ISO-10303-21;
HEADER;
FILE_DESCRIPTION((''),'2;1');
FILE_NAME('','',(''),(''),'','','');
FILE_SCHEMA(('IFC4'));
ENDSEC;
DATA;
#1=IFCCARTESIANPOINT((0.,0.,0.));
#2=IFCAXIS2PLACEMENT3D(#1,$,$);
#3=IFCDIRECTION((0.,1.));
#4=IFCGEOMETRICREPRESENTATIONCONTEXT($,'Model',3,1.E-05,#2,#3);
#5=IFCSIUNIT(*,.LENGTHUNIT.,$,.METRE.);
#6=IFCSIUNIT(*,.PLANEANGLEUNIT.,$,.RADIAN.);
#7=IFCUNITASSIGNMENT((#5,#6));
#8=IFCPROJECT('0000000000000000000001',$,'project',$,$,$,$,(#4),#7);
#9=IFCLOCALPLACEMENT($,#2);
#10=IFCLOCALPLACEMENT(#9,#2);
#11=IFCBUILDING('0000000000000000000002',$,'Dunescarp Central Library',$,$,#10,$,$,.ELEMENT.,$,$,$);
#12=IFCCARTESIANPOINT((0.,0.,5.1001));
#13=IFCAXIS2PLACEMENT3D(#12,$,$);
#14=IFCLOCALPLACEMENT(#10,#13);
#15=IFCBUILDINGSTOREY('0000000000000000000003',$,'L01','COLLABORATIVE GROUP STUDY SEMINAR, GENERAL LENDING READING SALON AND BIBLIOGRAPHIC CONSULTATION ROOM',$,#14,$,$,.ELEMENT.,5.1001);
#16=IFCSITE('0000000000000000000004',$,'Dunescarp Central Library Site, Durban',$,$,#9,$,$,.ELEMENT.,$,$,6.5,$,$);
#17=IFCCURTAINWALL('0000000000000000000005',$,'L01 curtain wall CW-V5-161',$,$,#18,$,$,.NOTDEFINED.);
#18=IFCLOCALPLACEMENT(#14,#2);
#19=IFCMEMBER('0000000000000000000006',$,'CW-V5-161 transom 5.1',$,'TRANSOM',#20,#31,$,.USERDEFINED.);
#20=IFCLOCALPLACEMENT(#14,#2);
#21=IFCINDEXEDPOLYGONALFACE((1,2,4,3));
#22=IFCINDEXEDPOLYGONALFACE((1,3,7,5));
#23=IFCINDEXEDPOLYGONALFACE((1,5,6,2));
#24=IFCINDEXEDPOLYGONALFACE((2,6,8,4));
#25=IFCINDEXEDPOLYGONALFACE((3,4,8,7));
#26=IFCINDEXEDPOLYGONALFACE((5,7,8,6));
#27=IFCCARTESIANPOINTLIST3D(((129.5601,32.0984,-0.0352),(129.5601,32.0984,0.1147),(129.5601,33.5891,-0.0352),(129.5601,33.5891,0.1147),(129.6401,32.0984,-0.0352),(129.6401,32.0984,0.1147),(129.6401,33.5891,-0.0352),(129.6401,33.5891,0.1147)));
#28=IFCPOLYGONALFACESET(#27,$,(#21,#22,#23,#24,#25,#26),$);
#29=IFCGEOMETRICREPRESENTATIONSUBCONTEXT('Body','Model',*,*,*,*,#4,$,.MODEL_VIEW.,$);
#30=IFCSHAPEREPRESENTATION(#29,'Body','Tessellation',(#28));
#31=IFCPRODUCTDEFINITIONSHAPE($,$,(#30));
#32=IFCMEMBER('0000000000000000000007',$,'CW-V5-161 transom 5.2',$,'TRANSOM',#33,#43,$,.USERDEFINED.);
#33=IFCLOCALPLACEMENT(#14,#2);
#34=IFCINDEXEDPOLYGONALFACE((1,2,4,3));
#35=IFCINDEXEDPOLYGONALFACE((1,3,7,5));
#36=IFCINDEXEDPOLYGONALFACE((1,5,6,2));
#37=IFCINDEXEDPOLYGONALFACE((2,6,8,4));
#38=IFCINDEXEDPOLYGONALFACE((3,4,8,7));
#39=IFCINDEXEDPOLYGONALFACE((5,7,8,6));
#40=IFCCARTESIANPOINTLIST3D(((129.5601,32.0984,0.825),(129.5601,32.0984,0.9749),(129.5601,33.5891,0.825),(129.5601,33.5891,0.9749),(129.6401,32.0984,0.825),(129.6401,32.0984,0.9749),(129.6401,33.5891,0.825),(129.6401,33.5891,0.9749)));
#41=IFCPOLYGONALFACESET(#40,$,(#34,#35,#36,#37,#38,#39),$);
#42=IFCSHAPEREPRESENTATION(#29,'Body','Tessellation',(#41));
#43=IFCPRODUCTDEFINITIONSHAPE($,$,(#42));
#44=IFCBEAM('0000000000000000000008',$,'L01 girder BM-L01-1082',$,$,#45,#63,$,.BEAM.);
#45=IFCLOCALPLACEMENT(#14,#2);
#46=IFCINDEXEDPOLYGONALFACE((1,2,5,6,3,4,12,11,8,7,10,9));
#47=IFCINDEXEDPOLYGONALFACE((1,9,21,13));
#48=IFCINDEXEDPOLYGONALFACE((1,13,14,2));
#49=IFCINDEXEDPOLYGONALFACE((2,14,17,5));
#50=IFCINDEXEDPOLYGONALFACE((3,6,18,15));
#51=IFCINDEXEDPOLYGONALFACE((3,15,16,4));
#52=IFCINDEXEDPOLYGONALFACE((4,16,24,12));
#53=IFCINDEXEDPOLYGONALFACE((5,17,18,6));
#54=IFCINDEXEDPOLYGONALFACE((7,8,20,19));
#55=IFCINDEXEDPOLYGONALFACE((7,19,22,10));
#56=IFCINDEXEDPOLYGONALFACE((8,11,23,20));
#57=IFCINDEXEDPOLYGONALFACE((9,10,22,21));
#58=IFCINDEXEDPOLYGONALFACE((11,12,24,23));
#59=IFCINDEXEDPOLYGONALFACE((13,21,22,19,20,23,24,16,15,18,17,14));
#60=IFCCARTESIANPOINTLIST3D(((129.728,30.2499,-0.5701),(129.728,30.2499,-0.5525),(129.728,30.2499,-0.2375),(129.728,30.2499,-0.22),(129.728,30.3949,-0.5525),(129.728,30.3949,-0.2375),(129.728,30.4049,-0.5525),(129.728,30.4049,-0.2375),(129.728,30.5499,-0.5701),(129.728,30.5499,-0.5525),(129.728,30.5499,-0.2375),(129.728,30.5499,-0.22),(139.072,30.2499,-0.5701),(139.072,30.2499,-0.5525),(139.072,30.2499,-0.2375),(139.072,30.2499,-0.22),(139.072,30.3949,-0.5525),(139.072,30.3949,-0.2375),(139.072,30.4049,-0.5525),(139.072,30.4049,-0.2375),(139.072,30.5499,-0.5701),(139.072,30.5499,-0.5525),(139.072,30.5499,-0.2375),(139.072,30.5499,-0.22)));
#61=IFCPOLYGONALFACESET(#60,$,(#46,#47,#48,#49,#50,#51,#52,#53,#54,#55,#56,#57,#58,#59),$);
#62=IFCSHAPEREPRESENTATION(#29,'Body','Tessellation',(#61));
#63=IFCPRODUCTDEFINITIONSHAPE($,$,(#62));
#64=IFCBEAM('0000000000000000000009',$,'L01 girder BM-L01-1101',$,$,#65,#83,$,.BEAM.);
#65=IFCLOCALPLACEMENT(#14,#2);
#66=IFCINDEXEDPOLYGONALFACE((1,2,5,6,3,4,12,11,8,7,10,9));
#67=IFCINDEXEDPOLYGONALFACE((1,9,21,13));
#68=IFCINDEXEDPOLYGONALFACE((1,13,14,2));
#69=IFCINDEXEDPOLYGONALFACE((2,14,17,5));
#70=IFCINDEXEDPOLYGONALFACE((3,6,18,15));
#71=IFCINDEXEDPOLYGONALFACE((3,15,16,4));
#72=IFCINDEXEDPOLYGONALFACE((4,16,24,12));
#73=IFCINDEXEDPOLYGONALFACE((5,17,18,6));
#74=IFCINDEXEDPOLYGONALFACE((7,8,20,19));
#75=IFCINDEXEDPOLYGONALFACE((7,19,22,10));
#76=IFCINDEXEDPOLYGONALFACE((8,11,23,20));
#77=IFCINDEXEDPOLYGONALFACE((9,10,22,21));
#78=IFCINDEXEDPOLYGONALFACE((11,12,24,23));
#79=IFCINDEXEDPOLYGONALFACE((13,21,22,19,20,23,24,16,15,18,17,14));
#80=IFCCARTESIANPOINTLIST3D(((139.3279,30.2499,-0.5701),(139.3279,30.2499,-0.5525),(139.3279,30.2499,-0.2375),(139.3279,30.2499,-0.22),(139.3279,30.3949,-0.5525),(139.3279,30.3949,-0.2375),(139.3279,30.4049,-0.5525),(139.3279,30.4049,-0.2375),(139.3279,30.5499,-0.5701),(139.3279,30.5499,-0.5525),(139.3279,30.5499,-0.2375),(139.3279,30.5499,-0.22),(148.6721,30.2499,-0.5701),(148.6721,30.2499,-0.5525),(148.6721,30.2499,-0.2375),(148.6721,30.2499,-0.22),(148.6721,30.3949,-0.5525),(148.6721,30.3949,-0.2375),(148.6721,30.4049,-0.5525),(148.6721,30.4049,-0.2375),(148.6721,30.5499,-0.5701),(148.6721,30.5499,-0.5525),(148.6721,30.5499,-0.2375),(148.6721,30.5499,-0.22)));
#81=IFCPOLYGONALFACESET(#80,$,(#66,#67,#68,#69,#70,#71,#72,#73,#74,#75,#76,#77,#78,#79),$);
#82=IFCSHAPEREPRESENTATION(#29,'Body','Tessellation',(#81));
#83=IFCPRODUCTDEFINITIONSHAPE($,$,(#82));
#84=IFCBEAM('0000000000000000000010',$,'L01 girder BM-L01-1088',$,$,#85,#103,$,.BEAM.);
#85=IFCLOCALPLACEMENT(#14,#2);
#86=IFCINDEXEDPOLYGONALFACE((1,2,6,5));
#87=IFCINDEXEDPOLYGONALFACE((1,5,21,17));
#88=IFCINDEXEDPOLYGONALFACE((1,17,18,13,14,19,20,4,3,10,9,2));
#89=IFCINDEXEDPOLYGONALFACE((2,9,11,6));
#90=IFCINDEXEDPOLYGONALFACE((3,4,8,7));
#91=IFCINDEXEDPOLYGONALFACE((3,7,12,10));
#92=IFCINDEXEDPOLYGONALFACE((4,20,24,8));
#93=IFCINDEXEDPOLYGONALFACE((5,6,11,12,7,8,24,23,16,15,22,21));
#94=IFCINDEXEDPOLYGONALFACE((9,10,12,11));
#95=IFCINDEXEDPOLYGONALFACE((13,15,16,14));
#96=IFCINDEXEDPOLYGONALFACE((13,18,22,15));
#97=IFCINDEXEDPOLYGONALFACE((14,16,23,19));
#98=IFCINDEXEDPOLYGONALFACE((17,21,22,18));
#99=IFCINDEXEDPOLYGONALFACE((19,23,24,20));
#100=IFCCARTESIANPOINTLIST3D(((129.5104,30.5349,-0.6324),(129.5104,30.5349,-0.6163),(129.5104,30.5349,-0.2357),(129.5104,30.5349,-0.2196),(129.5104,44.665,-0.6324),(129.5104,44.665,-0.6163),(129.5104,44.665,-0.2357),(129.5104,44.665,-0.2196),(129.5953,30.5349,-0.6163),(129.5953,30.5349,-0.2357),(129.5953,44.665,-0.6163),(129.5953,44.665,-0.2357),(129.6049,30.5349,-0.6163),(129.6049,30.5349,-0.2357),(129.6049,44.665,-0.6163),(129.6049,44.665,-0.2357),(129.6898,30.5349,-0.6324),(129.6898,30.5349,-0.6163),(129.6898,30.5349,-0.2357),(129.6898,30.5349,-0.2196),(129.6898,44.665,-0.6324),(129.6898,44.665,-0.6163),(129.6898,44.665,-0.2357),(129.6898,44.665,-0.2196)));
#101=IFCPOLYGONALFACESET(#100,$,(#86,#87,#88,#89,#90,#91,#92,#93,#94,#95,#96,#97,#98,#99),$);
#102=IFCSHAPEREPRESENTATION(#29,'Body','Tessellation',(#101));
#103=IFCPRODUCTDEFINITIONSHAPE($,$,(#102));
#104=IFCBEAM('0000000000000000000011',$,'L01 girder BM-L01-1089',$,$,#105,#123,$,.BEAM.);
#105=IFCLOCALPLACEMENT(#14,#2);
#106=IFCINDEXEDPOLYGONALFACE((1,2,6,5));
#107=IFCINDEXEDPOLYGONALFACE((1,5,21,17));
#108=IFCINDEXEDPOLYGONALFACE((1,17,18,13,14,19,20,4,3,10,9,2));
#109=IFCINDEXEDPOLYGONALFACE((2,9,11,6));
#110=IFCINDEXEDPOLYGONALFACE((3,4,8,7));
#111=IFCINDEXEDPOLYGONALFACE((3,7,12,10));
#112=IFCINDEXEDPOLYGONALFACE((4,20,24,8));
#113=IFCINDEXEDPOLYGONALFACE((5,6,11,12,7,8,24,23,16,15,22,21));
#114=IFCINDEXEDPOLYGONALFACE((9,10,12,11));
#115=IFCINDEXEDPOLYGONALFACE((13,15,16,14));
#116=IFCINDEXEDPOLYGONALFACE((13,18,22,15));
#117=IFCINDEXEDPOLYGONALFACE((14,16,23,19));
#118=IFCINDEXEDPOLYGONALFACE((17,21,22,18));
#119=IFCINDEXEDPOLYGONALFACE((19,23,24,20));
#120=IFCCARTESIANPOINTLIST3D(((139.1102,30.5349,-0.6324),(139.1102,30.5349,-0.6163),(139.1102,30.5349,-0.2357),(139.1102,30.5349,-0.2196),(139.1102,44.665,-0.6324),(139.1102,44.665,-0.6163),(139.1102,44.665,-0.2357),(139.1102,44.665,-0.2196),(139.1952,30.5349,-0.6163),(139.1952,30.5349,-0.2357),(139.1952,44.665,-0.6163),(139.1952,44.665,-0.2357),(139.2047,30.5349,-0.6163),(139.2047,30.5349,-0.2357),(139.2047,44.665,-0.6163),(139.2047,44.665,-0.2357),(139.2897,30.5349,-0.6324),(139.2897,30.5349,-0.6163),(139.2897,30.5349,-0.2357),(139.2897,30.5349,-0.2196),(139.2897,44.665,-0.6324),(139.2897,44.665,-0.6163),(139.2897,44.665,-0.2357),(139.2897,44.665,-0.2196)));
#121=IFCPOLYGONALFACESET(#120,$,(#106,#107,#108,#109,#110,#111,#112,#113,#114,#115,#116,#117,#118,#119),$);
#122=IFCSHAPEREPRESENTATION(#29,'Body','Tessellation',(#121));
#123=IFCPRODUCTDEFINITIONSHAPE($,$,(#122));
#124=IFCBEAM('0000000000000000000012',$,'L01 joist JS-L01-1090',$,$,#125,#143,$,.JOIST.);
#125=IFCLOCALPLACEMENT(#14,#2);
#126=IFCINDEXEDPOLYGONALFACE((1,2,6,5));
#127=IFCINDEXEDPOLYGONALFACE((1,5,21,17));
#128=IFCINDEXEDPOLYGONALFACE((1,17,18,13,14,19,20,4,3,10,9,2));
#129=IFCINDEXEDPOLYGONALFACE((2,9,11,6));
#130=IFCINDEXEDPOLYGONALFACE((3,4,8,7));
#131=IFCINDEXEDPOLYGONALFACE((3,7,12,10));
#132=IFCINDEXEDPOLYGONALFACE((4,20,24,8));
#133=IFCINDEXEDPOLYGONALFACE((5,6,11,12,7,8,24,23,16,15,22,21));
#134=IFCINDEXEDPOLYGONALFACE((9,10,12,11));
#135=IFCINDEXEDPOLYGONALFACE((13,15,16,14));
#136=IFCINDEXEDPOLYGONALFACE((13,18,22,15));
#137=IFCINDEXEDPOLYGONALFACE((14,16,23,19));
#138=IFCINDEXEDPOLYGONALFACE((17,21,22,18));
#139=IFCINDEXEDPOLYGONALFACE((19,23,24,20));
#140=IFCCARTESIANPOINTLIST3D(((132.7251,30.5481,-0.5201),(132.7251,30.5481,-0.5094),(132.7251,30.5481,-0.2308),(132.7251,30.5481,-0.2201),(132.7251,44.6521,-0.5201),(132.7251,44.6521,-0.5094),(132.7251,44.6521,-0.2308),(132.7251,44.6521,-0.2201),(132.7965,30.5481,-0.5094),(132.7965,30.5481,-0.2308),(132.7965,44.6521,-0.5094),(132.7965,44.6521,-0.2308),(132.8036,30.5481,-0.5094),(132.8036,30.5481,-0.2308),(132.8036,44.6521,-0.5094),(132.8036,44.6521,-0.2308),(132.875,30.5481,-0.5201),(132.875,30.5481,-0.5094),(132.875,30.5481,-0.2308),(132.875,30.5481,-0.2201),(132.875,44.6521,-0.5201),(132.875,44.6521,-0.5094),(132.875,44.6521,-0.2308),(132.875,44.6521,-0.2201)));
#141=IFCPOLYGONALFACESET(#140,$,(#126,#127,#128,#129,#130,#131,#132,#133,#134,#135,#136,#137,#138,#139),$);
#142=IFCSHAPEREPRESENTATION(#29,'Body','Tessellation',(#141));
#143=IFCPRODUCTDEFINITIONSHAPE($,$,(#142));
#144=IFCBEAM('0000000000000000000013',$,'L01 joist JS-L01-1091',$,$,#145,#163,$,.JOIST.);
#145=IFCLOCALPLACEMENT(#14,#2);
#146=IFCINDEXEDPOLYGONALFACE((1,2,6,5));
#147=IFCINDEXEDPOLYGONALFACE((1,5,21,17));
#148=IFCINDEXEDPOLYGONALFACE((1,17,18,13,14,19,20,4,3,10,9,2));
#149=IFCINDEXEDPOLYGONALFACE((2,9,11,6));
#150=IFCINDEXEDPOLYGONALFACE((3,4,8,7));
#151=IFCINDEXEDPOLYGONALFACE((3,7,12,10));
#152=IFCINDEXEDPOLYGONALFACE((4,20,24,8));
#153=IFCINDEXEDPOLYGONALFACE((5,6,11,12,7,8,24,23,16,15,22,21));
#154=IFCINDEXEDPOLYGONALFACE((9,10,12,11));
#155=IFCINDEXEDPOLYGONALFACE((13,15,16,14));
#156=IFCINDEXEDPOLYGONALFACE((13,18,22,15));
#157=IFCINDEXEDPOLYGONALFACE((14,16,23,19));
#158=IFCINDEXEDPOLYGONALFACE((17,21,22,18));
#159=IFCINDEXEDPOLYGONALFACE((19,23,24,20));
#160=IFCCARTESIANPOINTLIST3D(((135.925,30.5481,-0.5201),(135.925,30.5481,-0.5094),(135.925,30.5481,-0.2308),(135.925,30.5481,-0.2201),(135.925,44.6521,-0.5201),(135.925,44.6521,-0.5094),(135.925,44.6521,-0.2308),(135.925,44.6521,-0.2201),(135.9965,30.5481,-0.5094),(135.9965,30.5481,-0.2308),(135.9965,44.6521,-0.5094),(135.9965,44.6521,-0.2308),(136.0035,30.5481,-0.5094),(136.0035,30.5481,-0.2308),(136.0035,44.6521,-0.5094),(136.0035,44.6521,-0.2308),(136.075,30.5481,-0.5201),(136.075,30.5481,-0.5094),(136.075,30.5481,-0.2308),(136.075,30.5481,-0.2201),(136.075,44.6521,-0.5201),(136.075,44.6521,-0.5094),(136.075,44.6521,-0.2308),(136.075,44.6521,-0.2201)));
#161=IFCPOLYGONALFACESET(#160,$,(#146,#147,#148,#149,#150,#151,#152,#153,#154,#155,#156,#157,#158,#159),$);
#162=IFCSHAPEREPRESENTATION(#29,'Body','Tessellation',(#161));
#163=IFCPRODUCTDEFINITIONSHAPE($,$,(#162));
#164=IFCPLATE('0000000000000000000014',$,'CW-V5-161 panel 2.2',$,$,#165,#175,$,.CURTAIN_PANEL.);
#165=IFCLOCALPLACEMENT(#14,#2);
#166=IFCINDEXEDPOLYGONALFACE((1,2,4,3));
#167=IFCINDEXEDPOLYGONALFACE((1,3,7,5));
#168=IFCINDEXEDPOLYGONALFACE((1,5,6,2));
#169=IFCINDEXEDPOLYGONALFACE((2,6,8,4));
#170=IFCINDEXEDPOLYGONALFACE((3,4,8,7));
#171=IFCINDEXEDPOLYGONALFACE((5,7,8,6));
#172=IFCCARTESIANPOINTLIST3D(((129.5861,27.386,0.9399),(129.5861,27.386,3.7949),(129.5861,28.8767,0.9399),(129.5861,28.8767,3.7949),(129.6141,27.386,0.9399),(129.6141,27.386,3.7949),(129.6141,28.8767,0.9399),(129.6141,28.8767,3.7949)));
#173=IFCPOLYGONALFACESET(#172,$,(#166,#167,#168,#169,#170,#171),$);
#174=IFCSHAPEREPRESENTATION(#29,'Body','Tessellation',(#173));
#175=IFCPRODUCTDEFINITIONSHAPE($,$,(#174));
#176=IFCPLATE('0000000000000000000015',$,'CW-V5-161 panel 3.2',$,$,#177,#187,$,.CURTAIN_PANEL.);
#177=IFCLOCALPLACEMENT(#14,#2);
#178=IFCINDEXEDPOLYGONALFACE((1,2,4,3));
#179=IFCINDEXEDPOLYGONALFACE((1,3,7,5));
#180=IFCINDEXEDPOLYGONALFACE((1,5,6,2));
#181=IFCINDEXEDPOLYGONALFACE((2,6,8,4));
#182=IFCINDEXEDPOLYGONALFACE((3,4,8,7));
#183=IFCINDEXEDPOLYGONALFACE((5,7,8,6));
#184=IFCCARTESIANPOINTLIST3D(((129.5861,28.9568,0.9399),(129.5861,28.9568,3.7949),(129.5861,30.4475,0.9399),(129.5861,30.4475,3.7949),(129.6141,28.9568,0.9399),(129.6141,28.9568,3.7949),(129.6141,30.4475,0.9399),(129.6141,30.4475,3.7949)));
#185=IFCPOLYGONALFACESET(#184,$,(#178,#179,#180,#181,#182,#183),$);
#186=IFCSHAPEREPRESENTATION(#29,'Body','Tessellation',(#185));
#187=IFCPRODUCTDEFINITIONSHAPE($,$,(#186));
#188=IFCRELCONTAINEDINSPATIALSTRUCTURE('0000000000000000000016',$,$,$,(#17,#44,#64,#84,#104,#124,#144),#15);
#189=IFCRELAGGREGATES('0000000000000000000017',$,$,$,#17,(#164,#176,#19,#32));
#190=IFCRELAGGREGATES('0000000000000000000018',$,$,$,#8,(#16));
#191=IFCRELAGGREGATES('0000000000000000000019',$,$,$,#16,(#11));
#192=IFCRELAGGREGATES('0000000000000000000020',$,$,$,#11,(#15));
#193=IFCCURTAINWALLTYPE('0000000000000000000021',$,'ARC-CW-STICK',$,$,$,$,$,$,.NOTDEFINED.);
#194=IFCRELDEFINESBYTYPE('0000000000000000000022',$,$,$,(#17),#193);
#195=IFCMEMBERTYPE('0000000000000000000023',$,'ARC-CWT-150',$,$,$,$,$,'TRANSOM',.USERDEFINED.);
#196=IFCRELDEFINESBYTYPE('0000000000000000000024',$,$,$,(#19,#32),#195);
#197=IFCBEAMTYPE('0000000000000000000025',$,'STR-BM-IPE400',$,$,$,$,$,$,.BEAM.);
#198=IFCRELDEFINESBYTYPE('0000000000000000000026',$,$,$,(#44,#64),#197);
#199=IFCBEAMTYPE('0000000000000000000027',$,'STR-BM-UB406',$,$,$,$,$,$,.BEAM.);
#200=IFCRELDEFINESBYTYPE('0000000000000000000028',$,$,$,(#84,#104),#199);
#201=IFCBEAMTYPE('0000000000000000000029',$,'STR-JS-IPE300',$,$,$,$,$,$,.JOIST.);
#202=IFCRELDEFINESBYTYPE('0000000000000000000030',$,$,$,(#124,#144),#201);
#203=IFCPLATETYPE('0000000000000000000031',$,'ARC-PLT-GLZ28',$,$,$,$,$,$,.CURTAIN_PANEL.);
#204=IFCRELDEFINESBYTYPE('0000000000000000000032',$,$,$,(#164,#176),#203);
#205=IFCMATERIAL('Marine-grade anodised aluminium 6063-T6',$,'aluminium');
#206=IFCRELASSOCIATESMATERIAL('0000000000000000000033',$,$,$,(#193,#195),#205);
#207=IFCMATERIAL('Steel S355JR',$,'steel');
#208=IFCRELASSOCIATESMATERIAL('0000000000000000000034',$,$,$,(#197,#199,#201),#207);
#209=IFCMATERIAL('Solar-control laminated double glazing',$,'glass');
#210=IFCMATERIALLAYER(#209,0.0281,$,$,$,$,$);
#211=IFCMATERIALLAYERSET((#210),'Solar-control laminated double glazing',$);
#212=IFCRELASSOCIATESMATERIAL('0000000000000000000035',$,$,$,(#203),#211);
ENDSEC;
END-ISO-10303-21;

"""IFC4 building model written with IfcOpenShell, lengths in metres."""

from ifc_helpers import new_model, si_unit, direction, frame, origin, origin_2d, place, context, subcontext, project, spatial, rectangle, i_section, extrude, material, layer, layer_set, material_profile, profile_set, type_object, element, aggregate, save


model = new_model("IFC4")

# Units and contexts
model_context = context("Model", 3, precision=1e-05, world=origin(), true_north=direction((0.0, 1.0)))
body_context = subcontext(model_context, "Body", "Model", "MODEL_VIEW")
ifc_project = project(units=[si_unit("LENGTHUNIT", "METRE"), si_unit("PLANEANGLEUNIT", "RADIAN")], contexts=[model_context])

# Site, building, storey
site_placement = place(None, origin())
site = spatial("IfcSite", under=ifc_project, at=site_placement, Name="Dunescarp Central Library Site, Durban", CompositionType="ELEMENT", RefElevation=6.5)
building_placement = place(site_placement, origin())
building = spatial("IfcBuilding", under=site, at=building_placement, Name="Dunescarp Central Library", CompositionType="ELEMENT")
storey_placement = place(building_placement, frame((0.0, 0.0, 5.1001)))
storey = spatial("IfcBuildingStorey", under=building, at=storey_placement, Name="L01", Description="COLLABORATIVE GROUP STUDY SEMINAR, GENERAL LENDING READING SALON AND BIBLIOGRAPHIC CONSULTATION ROOM", CompositionType="ELEMENT", Elevation=5.1001)

# Shared definitions
ifc_material_1 = material(Name="Steel S355JR", Category="steel")

# Curtain wall, members
ifc_material_2 = material(Name="Marine-grade anodised aluminium 6063-T6", Category="aluminium")
curtain_wall_type = type_object("IfcCurtainWallType", Name="ARC-CW-STICK", PredefinedType="NOTDEFINED", material=ifc_material_2)
curtain_wall_placement = place(storey_placement, origin())
curtain_wall = element("IfcCurtainWall", 1, at=curtain_wall_placement, inside=storey, type_object=curtain_wall_type, Name="L01 curtain wall CW-V5-161", PredefinedType="NOTDEFINED")
ifc_material_profile_1 = material_profile(ifc_material_2, rectangle(XDim=0.0801, YDim=0.1499, at=origin_2d()), Name="AL 80x150")
ifc_profile_set_1 = profile_set([ifc_material_profile_1], Name="Marine-grade anodised aluminium 6063-T6")
member_type_1 = type_object("IfcMemberType", Name="ARC-CWT-150", ElementType="TRANSOM", PredefinedType="USERDEFINED", material=ifc_profile_set_1)
member_1_placement = place(storey_placement, frame((129.6001, 32.0984, 0.0398), z_axis=(0.0, 1.0, 0.0), x_axis=(-1.0, 0.0, 0.0)))
member_1 = element("IfcMember", 2, at=member_1_placement, type_object=member_type_1, Name="CW-V5-161 transom 5.1", ObjectType="TRANSOM", PredefinedType="USERDEFINED", context=body_context, shape_type="SweptSolid", body=[
    extrude(rectangle(XDim=0.0801, YDim=0.1499, at=origin_2d()), origin(), (0.0, 0.0, 1.0), 1.4907),
])
member_2_placement = place(storey_placement, frame((129.6001, 32.0984, 0.8999), z_axis=(0.0, 1.0, 0.0), x_axis=(-1.0, 0.0, 0.0)))
member_2 = element("IfcMember", 3, at=member_2_placement, type_object=member_type_1, Name="CW-V5-161 transom 5.2", ObjectType="TRANSOM", PredefinedType="USERDEFINED", context=body_context, shape_type="SweptSolid", body=[
    extrude(rectangle(XDim=0.0801, YDim=0.1499, at=origin_2d()), origin(), (0.0, 0.0, 1.0), 1.4907),
])

# Beams
ifc_material_profile_2 = material_profile(ifc_material_1, i_section(OverallWidth=0.3, OverallDepth=0.3501, WebThickness=0.01, FlangeThickness=0.0176, at=origin_2d()), Name="HEA 360")
ifc_profile_set_2 = profile_set([ifc_material_profile_2], Name="Steel S355JR")
beam_type_1 = type_object("IfcBeamType", Name="STR-BM-IPE400", PredefinedType="BEAM", material=ifc_profile_set_2)
beam_1_placement = place(storey_placement, frame((129.728, 30.3999, -0.395), z_axis=(1.0, 0.0, 0.0), x_axis=(0.0, 1.0, 0.0)))
element("IfcBeam", 4, at=beam_1_placement, inside=storey, type_object=beam_type_1, Name="L01 girder BM-L01-1082", PredefinedType="BEAM", context=body_context, shape_type="SweptSolid", body=[
    extrude(i_section(OverallWidth=0.3, OverallDepth=0.3501, WebThickness=0.01, FlangeThickness=0.0176, at=origin_2d()), origin(), (0.0, 0.0, 1.0), 9.344),
])
beam_2_placement = place(storey_placement, frame((139.3279, 30.3999, -0.395), z_axis=(1.0, 0.0, 0.0), x_axis=(0.0, 1.0, 0.0)))
element("IfcBeam", 5, at=beam_2_placement, inside=storey, type_object=beam_type_1, Name="L01 girder BM-L01-1101", PredefinedType="BEAM", context=body_context, shape_type="SweptSolid", body=[
    extrude(i_section(OverallWidth=0.3, OverallDepth=0.3501, WebThickness=0.01, FlangeThickness=0.0176, at=origin_2d()), origin(), (0.0, 0.0, 1.0), 9.3442),
])
ifc_material_profile_3 = material_profile(ifc_material_1, i_section(OverallWidth=0.1794, OverallDepth=0.4128, WebThickness=0.0095, FlangeThickness=0.0161, at=origin_2d()), Name="UB 406x178x74")
ifc_profile_set_3 = profile_set([ifc_material_profile_3], Name="Steel S355JR")
beam_type_2 = type_object("IfcBeamType", Name="STR-BM-UB406", PredefinedType="BEAM", material=ifc_profile_set_3)
for number, where, z_axis, x_axis, name in (
    (6, (129.6001, 30.5349, -0.426), (0.0, 1.0, 0.0), (-1.0, 0.0, 0.0), "L01 girder BM-L01-1088"),
    (7, (139.2, 30.5349, -0.426), (0.0, 1.0, 0.0), (-1.0, 0.0, 0.0), "L01 girder BM-L01-1089"),
):
    element("IfcBeam", number, at=place(storey_placement, frame(where, z_axis=z_axis, x_axis=x_axis)), inside=storey, type_object=beam_type_2, Name=name, PredefinedType="BEAM", context=body_context, shape_type="SweptSolid", body=[
        extrude(i_section(OverallWidth=0.1794, OverallDepth=0.4128, WebThickness=0.0095, FlangeThickness=0.0161, at=origin_2d()), origin(), (0.0, 0.0, 1.0), 14.1301),
    ])
ifc_material_profile_4 = material_profile(ifc_material_1, i_section(OverallWidth=0.1499, OverallDepth=0.3, WebThickness=0.0071, FlangeThickness=0.0107, at=origin_2d()), Name="IPE 300")
ifc_profile_set_4 = profile_set([ifc_material_profile_4], Name="Steel S355JR")
beam_type_3 = type_object("IfcBeamType", Name="STR-JS-IPE300", PredefinedType="JOIST", material=ifc_profile_set_4)
for number, where, z_axis, x_axis, name in (
    (8, (132.8, 30.5481, -0.3701), (0.0, 1.0, 0.0), (-1.0, 0.0, 0.0), "L01 joist JS-L01-1090"),
    (9, (136.0, 30.5481, -0.3701), (0.0, 1.0, 0.0), (-1.0, 0.0, 0.0), "L01 joist JS-L01-1091"),
):
    element("IfcBeam", number, at=place(storey_placement, frame(where, z_axis=z_axis, x_axis=x_axis)), inside=storey, type_object=beam_type_3, Name=name, PredefinedType="JOIST", context=body_context, shape_type="SweptSolid", body=[
        extrude(i_section(OverallWidth=0.1499, OverallDepth=0.3, WebThickness=0.0071, FlangeThickness=0.0107, at=origin_2d()), origin(), (0.0, 0.0, 1.0), 14.104),
    ])

# Plates
ifc_material_3 = material(Name="Solar-control laminated double glazing", Category="glass")
ifc_layer_1 = layer(ifc_material_3, 0.0281)
ifc_layer_set_1 = layer_set([ifc_layer_1], Name="Solar-control laminated double glazing")
plate_type_1 = type_object("IfcPlateType", Name="ARC-PLT-GLZ28", PredefinedType="CURTAIN_PANEL", material=ifc_layer_set_1)
plate_1_placement = place(storey_placement, frame((129.6001, 28.1313, 0.9399), z_axis=(0.0, 0.0, 1.0), x_axis=(0.0, 1.0, 0.0)))
plate_1 = element("IfcPlate", 10, at=plate_1_placement, type_object=plate_type_1, Name="CW-V5-161 panel 2.2", PredefinedType="CURTAIN_PANEL", context=body_context, shape_type="SweptSolid", body=[
    extrude(rectangle(XDim=1.4907, YDim=0.0281, at=origin_2d()), origin(), (0.0, 0.0, 1.0), 2.855),
])
plate_2_placement = place(storey_placement, frame((129.6001, 29.7021, 0.9399), z_axis=(0.0, 0.0, 1.0), x_axis=(0.0, 1.0, 0.0)))
plate_2 = element("IfcPlate", 11, at=plate_2_placement, type_object=plate_type_1, Name="CW-V5-161 panel 3.2", PredefinedType="CURTAIN_PANEL", context=body_context, shape_type="SweptSolid", body=[
    extrude(rectangle(XDim=1.4907, YDim=0.0281, at=origin_2d()), origin(), (0.0, 0.0, 1.0), 2.855),
])
aggregate(curtain_wall, [plate_1, plate_2, member_1, member_2])

save(model, "model.ifc")
